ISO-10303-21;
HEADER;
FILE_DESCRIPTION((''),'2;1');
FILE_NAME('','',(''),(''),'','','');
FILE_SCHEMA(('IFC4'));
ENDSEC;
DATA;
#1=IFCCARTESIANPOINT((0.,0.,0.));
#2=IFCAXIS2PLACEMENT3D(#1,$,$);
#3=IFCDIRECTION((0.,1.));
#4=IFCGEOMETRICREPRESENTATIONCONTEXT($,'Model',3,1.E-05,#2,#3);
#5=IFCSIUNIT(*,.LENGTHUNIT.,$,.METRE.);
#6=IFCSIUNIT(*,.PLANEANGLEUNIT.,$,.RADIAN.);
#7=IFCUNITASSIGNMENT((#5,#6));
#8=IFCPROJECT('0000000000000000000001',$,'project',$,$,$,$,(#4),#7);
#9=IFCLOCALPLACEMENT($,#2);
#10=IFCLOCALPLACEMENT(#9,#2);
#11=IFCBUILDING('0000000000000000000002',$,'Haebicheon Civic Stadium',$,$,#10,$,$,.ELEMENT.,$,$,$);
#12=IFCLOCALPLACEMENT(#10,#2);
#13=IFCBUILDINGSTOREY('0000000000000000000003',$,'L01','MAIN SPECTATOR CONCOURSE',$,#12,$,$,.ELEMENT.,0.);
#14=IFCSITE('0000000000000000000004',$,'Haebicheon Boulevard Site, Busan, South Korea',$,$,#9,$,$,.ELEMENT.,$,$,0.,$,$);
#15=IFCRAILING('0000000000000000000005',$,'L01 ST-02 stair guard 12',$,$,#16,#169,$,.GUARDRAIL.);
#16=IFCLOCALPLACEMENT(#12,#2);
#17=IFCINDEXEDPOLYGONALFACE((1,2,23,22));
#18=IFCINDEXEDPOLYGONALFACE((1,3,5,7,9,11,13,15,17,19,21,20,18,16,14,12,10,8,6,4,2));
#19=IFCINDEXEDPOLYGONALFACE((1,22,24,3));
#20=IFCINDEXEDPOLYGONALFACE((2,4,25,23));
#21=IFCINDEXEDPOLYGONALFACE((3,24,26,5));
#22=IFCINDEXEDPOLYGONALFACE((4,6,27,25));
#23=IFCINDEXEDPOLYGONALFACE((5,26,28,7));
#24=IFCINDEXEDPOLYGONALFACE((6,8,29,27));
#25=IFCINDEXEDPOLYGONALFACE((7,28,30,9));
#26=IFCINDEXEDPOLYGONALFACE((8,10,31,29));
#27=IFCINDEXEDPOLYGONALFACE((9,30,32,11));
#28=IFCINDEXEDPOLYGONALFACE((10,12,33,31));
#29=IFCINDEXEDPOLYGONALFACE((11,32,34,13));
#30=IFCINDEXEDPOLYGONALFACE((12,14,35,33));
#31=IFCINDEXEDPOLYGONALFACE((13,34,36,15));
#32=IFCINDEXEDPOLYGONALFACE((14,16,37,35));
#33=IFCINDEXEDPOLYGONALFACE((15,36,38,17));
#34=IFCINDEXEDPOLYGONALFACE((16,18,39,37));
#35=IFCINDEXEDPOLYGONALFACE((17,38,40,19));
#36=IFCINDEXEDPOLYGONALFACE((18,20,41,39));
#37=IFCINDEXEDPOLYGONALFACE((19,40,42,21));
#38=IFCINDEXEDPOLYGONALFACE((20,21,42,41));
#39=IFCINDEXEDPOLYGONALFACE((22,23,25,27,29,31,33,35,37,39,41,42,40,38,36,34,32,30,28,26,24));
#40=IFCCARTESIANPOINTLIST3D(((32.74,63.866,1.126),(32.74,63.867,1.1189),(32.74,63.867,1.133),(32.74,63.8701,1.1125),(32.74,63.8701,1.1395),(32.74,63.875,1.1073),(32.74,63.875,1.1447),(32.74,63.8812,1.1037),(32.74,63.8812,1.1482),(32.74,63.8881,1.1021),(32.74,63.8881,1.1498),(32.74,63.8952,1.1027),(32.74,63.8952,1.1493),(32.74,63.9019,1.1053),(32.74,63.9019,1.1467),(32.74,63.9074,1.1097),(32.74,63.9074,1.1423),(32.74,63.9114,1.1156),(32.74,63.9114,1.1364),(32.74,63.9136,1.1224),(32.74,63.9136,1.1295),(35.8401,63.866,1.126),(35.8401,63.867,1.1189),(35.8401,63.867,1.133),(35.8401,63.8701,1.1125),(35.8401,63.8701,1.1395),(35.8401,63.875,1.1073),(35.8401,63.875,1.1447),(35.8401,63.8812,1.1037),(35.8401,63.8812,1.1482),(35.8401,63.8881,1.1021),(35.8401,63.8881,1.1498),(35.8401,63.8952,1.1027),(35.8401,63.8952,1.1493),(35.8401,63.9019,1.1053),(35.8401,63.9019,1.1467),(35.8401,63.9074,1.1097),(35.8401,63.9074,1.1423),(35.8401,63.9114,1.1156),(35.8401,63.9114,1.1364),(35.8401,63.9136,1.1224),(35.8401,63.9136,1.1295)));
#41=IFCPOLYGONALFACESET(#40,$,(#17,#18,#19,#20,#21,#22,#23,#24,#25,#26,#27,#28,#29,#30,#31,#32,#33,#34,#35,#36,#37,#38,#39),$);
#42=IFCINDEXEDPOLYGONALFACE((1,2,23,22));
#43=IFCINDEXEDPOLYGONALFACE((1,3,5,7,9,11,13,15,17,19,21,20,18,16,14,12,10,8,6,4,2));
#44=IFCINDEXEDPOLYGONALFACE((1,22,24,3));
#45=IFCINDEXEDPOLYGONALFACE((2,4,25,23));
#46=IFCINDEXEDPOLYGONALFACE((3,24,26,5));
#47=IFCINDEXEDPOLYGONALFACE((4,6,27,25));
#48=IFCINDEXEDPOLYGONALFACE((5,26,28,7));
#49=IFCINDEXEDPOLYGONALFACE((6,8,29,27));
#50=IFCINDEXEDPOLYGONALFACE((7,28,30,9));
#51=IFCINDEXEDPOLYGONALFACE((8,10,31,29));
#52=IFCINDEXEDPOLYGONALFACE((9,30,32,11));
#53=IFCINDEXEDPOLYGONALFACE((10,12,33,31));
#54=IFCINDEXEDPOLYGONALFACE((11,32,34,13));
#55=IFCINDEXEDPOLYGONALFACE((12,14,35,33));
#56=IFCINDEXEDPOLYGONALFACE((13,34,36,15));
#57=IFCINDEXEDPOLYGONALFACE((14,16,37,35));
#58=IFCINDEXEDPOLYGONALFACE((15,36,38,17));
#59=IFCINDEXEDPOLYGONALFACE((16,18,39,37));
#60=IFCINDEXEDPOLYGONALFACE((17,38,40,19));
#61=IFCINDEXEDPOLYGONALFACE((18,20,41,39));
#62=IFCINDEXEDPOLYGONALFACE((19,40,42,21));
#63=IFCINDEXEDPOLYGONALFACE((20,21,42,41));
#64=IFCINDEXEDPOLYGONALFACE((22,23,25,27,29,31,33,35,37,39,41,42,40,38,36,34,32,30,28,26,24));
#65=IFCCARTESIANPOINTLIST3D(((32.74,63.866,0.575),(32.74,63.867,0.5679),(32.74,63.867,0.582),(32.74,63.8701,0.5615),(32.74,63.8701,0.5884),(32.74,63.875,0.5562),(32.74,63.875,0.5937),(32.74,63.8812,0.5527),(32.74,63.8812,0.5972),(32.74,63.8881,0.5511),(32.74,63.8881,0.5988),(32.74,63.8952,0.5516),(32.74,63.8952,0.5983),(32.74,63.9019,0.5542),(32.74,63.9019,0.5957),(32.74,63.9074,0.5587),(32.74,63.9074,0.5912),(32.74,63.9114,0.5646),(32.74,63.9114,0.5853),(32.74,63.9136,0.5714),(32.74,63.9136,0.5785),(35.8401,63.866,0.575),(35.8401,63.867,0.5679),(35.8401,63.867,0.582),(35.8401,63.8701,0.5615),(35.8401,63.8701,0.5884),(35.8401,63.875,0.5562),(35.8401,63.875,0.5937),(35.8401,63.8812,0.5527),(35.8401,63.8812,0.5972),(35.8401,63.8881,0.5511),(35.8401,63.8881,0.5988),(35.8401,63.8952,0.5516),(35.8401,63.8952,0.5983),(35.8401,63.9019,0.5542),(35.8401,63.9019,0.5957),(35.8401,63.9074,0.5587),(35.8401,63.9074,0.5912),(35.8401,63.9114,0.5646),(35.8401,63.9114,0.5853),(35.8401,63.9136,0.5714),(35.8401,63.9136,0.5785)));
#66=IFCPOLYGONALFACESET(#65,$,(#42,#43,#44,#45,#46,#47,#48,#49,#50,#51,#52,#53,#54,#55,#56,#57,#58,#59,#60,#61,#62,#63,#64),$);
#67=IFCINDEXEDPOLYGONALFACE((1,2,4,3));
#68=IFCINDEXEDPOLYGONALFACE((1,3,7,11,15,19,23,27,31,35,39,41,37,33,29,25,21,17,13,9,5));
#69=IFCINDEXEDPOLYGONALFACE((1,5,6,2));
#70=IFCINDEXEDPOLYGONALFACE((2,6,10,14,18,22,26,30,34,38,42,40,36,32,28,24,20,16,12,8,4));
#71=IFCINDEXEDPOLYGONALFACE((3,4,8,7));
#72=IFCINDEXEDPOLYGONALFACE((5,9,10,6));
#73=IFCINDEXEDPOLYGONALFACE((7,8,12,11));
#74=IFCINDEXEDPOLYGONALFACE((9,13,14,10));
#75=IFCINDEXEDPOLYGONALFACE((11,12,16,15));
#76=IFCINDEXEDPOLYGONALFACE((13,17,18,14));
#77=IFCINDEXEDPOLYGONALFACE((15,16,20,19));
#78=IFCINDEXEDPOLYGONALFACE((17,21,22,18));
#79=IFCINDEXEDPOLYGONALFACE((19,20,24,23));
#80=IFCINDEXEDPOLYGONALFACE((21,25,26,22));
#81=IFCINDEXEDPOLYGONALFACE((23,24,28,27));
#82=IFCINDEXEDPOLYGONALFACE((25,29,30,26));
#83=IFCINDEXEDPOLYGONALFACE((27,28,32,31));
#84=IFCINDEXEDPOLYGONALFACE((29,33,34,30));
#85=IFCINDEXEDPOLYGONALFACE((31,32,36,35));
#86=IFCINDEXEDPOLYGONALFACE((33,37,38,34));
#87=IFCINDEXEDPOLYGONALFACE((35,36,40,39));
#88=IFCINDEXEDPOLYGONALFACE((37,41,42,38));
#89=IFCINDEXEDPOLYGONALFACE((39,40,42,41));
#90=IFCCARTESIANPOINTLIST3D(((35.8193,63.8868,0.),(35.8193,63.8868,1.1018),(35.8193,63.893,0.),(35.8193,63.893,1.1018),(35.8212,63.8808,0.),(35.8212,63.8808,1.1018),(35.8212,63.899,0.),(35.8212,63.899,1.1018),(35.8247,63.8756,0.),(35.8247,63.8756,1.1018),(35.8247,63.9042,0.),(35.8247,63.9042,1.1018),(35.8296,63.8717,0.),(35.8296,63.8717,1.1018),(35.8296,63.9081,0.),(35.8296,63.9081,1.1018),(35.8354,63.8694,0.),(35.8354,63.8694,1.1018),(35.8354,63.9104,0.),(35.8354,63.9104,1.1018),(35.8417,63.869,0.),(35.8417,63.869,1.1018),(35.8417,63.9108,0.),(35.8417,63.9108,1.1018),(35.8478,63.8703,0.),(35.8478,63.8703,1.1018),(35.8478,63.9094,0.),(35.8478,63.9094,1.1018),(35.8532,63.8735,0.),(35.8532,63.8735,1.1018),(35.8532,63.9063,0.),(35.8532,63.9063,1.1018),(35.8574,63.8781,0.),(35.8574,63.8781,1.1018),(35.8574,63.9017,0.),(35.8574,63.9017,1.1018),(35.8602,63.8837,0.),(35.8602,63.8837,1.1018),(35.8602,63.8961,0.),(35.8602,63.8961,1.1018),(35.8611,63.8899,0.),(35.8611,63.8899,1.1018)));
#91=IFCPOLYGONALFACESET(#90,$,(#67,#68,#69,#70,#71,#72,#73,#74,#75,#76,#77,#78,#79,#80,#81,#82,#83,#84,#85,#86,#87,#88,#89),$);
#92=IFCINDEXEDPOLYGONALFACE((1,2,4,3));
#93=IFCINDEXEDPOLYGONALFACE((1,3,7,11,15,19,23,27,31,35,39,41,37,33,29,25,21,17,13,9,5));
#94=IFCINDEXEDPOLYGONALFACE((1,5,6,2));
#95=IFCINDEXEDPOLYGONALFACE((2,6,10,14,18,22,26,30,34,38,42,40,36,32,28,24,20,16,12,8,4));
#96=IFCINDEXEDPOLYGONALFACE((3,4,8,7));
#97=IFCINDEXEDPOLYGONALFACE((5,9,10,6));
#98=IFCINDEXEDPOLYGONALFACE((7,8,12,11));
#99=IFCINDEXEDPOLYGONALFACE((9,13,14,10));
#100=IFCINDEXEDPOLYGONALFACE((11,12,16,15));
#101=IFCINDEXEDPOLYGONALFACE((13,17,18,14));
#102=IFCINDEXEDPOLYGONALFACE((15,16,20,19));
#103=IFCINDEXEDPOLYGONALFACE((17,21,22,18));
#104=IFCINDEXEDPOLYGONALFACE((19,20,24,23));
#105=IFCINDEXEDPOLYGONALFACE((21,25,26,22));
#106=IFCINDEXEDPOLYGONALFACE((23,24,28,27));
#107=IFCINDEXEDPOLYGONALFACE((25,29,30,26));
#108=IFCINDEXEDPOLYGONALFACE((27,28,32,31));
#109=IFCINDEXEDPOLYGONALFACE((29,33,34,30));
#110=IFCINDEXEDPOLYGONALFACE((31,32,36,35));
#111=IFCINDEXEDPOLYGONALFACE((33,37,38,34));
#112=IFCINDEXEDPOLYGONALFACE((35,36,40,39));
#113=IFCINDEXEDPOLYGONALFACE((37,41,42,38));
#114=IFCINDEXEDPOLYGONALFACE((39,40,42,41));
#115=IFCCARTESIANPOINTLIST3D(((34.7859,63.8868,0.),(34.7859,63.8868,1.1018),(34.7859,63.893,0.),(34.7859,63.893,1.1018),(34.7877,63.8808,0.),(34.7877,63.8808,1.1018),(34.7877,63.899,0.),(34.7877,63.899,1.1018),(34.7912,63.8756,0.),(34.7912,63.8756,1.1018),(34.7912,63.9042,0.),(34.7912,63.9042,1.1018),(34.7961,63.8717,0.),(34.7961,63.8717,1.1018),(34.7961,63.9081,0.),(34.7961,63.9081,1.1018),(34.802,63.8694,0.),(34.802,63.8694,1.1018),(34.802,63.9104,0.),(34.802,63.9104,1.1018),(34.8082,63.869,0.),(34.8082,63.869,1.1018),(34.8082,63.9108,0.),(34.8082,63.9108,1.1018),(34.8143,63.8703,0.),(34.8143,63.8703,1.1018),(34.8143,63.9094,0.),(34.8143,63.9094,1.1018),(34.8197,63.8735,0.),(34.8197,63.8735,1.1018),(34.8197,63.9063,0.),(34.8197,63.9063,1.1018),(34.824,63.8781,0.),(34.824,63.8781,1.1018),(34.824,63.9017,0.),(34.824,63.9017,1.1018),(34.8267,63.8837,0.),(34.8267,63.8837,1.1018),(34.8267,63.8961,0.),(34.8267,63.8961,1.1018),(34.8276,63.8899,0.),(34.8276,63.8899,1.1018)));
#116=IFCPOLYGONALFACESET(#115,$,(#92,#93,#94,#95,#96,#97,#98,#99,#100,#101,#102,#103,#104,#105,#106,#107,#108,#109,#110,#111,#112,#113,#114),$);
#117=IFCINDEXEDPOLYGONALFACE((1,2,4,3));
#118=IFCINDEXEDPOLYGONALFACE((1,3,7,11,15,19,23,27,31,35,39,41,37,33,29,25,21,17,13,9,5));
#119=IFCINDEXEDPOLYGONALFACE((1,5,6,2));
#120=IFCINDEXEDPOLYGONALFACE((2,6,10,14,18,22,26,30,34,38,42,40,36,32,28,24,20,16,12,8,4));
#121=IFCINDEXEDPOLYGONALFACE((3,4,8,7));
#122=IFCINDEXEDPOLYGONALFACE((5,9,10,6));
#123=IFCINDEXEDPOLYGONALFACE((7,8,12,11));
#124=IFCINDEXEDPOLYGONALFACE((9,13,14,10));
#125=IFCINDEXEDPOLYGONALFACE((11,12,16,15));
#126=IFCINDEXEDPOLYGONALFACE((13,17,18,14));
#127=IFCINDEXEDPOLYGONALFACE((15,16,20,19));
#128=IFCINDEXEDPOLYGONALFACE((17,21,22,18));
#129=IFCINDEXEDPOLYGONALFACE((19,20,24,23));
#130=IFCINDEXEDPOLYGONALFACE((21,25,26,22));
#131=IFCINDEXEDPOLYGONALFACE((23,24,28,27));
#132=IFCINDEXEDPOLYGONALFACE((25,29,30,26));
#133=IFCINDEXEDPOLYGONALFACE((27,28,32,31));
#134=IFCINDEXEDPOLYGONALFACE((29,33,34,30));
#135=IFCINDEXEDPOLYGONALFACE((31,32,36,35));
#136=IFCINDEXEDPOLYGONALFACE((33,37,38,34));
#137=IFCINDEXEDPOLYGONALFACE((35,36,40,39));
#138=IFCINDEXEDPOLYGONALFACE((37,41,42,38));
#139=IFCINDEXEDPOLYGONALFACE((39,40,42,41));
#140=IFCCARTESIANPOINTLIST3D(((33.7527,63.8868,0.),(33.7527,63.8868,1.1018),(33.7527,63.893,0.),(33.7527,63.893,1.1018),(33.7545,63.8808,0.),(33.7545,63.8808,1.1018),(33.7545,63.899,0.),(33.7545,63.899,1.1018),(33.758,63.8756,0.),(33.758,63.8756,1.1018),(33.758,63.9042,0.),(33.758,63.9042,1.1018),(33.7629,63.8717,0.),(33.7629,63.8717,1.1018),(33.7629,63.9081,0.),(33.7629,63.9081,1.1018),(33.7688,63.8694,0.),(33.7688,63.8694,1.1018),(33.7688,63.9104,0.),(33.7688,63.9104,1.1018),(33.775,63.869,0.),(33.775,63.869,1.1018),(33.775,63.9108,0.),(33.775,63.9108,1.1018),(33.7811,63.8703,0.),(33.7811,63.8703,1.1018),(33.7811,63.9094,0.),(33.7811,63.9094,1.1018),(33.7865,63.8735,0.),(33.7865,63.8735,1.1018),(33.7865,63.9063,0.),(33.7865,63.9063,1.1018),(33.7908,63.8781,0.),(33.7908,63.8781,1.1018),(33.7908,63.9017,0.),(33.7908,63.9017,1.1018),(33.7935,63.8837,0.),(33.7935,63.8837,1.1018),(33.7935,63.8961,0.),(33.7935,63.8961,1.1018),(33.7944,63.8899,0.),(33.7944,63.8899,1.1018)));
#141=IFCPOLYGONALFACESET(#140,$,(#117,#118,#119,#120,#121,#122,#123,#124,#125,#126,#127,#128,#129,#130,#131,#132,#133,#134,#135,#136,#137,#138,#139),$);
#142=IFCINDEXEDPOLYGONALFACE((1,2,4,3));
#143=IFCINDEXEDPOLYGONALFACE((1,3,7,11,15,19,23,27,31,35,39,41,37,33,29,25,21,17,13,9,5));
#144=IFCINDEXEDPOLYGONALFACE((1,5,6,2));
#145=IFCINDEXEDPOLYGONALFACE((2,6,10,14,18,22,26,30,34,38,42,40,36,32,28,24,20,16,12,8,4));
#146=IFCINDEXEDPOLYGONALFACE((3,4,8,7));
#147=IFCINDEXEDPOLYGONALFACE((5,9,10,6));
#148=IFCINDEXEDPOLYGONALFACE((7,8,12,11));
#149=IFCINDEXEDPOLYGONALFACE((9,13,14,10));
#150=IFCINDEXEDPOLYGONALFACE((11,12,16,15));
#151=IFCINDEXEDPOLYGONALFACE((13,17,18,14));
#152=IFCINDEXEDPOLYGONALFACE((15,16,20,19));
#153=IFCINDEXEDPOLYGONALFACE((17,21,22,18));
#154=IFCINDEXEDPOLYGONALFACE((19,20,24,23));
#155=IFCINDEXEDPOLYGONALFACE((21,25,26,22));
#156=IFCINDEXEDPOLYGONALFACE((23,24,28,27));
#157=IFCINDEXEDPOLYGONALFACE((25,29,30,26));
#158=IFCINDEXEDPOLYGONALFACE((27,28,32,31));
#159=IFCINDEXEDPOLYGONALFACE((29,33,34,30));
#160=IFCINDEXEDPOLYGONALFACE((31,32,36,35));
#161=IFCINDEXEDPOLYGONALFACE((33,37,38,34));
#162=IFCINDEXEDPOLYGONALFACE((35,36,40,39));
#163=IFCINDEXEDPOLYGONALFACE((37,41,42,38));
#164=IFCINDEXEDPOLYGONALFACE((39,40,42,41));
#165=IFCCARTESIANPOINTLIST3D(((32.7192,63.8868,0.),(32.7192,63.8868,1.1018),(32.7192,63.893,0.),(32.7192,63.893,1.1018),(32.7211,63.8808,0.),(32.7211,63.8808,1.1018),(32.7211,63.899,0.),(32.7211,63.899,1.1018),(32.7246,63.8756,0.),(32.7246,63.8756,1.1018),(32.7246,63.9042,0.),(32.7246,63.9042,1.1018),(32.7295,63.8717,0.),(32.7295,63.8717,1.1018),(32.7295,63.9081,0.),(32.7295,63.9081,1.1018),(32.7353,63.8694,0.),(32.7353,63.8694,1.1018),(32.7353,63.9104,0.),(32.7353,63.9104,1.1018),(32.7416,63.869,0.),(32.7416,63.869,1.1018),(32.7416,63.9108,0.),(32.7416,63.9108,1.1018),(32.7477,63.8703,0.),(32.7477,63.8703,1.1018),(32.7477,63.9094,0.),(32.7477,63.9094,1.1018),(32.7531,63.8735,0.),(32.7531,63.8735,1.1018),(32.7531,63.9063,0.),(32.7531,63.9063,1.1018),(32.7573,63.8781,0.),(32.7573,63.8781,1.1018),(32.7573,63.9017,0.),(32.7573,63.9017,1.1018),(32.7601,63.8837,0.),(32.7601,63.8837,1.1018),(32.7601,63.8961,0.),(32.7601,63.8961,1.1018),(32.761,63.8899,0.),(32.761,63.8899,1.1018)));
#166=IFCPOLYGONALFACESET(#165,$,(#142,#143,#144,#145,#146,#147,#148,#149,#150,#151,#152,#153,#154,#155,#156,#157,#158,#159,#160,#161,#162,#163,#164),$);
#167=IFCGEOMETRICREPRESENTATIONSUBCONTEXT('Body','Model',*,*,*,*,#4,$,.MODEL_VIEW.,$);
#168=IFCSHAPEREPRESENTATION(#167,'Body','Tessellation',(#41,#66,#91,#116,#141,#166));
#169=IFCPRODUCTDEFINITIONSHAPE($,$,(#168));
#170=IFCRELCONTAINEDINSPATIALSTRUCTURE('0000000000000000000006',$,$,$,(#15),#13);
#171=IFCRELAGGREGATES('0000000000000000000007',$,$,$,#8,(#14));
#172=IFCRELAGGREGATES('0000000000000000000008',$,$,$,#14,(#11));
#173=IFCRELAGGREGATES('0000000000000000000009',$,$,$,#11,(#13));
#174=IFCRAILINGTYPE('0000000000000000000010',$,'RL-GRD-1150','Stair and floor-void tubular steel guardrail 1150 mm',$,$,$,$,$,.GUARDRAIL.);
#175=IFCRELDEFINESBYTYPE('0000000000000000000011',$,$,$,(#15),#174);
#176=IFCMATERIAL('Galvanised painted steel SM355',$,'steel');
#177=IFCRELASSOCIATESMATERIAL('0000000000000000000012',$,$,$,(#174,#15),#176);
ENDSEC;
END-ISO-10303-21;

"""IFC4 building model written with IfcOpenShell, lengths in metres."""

from ifc_helpers import new_model, si_unit, direction, frame, origin, origin_2d, place, context, subcontext, project, spatial, circle, extrude, material, type_object, element, save


model = new_model("IFC4")

# Units and contexts
model_context = context("Model", 3, precision=1e-05, world=origin(), true_north=direction((0.0, 1.0)))
body_context = subcontext(model_context, "Body", "Model", "MODEL_VIEW")
ifc_project = project(units=[si_unit("LENGTHUNIT", "METRE"), si_unit("PLANEANGLEUNIT", "RADIAN")], contexts=[model_context])

# Site, building, storey
site_placement = place(None, origin())
site = spatial("IfcSite", under=ifc_project, at=site_placement, Name="Haebicheon Boulevard Site, Busan, South Korea", CompositionType="ELEMENT", RefElevation=0.0)
building_placement = place(site_placement, origin())
building = spatial("IfcBuilding", under=site, at=building_placement, Name="Haebicheon Civic Stadium", CompositionType="ELEMENT")
storey_placement = place(building_placement, origin())
storey = spatial("IfcBuildingStorey", under=building, at=storey_placement, Name="L01", Description="MAIN SPECTATOR CONCOURSE", CompositionType="ELEMENT", Elevation=0.0)

# Railing
ifc_material_1 = material(Name="Galvanised painted steel SM355", Category="steel")
railing_type_1 = type_object("IfcRailingType", Name="RL-GRD-1150", Description="Stair and floor-void tubular steel guardrail 1150 mm", PredefinedType="GUARDRAIL", material=ifc_material_1)
railing_1_placement = place(storey_placement, frame((35.8401, 63.8899, 0.0)))
element("IfcRailing", 1, at=railing_1_placement, inside=storey, type_object=railing_type_1, material=ifc_material_1, Name="L01 ST-02 stair guard 12", PredefinedType="GUARDRAIL", context=body_context, shape_type="SweptSolid", body=[
    extrude(circle(Radius=0.0239, at=origin_2d()), frame((0.0, 0.0, 1.126), z_axis=(-1.0, 0.0, 0.0), x_axis=(0.0, -1.0, 0.0)), (0.0, 0.0, 1.0), 3.1001),
    extrude(circle(Radius=0.0239, at=origin_2d()), frame((0.0, 0.0, 0.575), z_axis=(-1.0, 0.0, 0.0), x_axis=(0.0, -1.0, 0.0)), (0.0, 0.0, 1.0), 3.1001),
    extrude(circle(Radius=0.021, at=origin_2d()), origin(), (0.0, 0.0, 1.0), 1.1018),
    extrude(circle(Radius=0.021, at=origin_2d()), frame((-1.0334, 0.0, 0.0)), (0.0, 0.0, 1.0), 1.1018),
    extrude(circle(Radius=0.021, at=origin_2d()), frame((-2.0667, 0.0, 0.0)), (0.0, 0.0, 1.0), 1.1018),
    extrude(circle(Radius=0.021, at=origin_2d()), frame((-3.1001, 0.0, 0.0)), (0.0, 0.0, 1.0), 1.1018),
])

save(model, "model.ifc")
